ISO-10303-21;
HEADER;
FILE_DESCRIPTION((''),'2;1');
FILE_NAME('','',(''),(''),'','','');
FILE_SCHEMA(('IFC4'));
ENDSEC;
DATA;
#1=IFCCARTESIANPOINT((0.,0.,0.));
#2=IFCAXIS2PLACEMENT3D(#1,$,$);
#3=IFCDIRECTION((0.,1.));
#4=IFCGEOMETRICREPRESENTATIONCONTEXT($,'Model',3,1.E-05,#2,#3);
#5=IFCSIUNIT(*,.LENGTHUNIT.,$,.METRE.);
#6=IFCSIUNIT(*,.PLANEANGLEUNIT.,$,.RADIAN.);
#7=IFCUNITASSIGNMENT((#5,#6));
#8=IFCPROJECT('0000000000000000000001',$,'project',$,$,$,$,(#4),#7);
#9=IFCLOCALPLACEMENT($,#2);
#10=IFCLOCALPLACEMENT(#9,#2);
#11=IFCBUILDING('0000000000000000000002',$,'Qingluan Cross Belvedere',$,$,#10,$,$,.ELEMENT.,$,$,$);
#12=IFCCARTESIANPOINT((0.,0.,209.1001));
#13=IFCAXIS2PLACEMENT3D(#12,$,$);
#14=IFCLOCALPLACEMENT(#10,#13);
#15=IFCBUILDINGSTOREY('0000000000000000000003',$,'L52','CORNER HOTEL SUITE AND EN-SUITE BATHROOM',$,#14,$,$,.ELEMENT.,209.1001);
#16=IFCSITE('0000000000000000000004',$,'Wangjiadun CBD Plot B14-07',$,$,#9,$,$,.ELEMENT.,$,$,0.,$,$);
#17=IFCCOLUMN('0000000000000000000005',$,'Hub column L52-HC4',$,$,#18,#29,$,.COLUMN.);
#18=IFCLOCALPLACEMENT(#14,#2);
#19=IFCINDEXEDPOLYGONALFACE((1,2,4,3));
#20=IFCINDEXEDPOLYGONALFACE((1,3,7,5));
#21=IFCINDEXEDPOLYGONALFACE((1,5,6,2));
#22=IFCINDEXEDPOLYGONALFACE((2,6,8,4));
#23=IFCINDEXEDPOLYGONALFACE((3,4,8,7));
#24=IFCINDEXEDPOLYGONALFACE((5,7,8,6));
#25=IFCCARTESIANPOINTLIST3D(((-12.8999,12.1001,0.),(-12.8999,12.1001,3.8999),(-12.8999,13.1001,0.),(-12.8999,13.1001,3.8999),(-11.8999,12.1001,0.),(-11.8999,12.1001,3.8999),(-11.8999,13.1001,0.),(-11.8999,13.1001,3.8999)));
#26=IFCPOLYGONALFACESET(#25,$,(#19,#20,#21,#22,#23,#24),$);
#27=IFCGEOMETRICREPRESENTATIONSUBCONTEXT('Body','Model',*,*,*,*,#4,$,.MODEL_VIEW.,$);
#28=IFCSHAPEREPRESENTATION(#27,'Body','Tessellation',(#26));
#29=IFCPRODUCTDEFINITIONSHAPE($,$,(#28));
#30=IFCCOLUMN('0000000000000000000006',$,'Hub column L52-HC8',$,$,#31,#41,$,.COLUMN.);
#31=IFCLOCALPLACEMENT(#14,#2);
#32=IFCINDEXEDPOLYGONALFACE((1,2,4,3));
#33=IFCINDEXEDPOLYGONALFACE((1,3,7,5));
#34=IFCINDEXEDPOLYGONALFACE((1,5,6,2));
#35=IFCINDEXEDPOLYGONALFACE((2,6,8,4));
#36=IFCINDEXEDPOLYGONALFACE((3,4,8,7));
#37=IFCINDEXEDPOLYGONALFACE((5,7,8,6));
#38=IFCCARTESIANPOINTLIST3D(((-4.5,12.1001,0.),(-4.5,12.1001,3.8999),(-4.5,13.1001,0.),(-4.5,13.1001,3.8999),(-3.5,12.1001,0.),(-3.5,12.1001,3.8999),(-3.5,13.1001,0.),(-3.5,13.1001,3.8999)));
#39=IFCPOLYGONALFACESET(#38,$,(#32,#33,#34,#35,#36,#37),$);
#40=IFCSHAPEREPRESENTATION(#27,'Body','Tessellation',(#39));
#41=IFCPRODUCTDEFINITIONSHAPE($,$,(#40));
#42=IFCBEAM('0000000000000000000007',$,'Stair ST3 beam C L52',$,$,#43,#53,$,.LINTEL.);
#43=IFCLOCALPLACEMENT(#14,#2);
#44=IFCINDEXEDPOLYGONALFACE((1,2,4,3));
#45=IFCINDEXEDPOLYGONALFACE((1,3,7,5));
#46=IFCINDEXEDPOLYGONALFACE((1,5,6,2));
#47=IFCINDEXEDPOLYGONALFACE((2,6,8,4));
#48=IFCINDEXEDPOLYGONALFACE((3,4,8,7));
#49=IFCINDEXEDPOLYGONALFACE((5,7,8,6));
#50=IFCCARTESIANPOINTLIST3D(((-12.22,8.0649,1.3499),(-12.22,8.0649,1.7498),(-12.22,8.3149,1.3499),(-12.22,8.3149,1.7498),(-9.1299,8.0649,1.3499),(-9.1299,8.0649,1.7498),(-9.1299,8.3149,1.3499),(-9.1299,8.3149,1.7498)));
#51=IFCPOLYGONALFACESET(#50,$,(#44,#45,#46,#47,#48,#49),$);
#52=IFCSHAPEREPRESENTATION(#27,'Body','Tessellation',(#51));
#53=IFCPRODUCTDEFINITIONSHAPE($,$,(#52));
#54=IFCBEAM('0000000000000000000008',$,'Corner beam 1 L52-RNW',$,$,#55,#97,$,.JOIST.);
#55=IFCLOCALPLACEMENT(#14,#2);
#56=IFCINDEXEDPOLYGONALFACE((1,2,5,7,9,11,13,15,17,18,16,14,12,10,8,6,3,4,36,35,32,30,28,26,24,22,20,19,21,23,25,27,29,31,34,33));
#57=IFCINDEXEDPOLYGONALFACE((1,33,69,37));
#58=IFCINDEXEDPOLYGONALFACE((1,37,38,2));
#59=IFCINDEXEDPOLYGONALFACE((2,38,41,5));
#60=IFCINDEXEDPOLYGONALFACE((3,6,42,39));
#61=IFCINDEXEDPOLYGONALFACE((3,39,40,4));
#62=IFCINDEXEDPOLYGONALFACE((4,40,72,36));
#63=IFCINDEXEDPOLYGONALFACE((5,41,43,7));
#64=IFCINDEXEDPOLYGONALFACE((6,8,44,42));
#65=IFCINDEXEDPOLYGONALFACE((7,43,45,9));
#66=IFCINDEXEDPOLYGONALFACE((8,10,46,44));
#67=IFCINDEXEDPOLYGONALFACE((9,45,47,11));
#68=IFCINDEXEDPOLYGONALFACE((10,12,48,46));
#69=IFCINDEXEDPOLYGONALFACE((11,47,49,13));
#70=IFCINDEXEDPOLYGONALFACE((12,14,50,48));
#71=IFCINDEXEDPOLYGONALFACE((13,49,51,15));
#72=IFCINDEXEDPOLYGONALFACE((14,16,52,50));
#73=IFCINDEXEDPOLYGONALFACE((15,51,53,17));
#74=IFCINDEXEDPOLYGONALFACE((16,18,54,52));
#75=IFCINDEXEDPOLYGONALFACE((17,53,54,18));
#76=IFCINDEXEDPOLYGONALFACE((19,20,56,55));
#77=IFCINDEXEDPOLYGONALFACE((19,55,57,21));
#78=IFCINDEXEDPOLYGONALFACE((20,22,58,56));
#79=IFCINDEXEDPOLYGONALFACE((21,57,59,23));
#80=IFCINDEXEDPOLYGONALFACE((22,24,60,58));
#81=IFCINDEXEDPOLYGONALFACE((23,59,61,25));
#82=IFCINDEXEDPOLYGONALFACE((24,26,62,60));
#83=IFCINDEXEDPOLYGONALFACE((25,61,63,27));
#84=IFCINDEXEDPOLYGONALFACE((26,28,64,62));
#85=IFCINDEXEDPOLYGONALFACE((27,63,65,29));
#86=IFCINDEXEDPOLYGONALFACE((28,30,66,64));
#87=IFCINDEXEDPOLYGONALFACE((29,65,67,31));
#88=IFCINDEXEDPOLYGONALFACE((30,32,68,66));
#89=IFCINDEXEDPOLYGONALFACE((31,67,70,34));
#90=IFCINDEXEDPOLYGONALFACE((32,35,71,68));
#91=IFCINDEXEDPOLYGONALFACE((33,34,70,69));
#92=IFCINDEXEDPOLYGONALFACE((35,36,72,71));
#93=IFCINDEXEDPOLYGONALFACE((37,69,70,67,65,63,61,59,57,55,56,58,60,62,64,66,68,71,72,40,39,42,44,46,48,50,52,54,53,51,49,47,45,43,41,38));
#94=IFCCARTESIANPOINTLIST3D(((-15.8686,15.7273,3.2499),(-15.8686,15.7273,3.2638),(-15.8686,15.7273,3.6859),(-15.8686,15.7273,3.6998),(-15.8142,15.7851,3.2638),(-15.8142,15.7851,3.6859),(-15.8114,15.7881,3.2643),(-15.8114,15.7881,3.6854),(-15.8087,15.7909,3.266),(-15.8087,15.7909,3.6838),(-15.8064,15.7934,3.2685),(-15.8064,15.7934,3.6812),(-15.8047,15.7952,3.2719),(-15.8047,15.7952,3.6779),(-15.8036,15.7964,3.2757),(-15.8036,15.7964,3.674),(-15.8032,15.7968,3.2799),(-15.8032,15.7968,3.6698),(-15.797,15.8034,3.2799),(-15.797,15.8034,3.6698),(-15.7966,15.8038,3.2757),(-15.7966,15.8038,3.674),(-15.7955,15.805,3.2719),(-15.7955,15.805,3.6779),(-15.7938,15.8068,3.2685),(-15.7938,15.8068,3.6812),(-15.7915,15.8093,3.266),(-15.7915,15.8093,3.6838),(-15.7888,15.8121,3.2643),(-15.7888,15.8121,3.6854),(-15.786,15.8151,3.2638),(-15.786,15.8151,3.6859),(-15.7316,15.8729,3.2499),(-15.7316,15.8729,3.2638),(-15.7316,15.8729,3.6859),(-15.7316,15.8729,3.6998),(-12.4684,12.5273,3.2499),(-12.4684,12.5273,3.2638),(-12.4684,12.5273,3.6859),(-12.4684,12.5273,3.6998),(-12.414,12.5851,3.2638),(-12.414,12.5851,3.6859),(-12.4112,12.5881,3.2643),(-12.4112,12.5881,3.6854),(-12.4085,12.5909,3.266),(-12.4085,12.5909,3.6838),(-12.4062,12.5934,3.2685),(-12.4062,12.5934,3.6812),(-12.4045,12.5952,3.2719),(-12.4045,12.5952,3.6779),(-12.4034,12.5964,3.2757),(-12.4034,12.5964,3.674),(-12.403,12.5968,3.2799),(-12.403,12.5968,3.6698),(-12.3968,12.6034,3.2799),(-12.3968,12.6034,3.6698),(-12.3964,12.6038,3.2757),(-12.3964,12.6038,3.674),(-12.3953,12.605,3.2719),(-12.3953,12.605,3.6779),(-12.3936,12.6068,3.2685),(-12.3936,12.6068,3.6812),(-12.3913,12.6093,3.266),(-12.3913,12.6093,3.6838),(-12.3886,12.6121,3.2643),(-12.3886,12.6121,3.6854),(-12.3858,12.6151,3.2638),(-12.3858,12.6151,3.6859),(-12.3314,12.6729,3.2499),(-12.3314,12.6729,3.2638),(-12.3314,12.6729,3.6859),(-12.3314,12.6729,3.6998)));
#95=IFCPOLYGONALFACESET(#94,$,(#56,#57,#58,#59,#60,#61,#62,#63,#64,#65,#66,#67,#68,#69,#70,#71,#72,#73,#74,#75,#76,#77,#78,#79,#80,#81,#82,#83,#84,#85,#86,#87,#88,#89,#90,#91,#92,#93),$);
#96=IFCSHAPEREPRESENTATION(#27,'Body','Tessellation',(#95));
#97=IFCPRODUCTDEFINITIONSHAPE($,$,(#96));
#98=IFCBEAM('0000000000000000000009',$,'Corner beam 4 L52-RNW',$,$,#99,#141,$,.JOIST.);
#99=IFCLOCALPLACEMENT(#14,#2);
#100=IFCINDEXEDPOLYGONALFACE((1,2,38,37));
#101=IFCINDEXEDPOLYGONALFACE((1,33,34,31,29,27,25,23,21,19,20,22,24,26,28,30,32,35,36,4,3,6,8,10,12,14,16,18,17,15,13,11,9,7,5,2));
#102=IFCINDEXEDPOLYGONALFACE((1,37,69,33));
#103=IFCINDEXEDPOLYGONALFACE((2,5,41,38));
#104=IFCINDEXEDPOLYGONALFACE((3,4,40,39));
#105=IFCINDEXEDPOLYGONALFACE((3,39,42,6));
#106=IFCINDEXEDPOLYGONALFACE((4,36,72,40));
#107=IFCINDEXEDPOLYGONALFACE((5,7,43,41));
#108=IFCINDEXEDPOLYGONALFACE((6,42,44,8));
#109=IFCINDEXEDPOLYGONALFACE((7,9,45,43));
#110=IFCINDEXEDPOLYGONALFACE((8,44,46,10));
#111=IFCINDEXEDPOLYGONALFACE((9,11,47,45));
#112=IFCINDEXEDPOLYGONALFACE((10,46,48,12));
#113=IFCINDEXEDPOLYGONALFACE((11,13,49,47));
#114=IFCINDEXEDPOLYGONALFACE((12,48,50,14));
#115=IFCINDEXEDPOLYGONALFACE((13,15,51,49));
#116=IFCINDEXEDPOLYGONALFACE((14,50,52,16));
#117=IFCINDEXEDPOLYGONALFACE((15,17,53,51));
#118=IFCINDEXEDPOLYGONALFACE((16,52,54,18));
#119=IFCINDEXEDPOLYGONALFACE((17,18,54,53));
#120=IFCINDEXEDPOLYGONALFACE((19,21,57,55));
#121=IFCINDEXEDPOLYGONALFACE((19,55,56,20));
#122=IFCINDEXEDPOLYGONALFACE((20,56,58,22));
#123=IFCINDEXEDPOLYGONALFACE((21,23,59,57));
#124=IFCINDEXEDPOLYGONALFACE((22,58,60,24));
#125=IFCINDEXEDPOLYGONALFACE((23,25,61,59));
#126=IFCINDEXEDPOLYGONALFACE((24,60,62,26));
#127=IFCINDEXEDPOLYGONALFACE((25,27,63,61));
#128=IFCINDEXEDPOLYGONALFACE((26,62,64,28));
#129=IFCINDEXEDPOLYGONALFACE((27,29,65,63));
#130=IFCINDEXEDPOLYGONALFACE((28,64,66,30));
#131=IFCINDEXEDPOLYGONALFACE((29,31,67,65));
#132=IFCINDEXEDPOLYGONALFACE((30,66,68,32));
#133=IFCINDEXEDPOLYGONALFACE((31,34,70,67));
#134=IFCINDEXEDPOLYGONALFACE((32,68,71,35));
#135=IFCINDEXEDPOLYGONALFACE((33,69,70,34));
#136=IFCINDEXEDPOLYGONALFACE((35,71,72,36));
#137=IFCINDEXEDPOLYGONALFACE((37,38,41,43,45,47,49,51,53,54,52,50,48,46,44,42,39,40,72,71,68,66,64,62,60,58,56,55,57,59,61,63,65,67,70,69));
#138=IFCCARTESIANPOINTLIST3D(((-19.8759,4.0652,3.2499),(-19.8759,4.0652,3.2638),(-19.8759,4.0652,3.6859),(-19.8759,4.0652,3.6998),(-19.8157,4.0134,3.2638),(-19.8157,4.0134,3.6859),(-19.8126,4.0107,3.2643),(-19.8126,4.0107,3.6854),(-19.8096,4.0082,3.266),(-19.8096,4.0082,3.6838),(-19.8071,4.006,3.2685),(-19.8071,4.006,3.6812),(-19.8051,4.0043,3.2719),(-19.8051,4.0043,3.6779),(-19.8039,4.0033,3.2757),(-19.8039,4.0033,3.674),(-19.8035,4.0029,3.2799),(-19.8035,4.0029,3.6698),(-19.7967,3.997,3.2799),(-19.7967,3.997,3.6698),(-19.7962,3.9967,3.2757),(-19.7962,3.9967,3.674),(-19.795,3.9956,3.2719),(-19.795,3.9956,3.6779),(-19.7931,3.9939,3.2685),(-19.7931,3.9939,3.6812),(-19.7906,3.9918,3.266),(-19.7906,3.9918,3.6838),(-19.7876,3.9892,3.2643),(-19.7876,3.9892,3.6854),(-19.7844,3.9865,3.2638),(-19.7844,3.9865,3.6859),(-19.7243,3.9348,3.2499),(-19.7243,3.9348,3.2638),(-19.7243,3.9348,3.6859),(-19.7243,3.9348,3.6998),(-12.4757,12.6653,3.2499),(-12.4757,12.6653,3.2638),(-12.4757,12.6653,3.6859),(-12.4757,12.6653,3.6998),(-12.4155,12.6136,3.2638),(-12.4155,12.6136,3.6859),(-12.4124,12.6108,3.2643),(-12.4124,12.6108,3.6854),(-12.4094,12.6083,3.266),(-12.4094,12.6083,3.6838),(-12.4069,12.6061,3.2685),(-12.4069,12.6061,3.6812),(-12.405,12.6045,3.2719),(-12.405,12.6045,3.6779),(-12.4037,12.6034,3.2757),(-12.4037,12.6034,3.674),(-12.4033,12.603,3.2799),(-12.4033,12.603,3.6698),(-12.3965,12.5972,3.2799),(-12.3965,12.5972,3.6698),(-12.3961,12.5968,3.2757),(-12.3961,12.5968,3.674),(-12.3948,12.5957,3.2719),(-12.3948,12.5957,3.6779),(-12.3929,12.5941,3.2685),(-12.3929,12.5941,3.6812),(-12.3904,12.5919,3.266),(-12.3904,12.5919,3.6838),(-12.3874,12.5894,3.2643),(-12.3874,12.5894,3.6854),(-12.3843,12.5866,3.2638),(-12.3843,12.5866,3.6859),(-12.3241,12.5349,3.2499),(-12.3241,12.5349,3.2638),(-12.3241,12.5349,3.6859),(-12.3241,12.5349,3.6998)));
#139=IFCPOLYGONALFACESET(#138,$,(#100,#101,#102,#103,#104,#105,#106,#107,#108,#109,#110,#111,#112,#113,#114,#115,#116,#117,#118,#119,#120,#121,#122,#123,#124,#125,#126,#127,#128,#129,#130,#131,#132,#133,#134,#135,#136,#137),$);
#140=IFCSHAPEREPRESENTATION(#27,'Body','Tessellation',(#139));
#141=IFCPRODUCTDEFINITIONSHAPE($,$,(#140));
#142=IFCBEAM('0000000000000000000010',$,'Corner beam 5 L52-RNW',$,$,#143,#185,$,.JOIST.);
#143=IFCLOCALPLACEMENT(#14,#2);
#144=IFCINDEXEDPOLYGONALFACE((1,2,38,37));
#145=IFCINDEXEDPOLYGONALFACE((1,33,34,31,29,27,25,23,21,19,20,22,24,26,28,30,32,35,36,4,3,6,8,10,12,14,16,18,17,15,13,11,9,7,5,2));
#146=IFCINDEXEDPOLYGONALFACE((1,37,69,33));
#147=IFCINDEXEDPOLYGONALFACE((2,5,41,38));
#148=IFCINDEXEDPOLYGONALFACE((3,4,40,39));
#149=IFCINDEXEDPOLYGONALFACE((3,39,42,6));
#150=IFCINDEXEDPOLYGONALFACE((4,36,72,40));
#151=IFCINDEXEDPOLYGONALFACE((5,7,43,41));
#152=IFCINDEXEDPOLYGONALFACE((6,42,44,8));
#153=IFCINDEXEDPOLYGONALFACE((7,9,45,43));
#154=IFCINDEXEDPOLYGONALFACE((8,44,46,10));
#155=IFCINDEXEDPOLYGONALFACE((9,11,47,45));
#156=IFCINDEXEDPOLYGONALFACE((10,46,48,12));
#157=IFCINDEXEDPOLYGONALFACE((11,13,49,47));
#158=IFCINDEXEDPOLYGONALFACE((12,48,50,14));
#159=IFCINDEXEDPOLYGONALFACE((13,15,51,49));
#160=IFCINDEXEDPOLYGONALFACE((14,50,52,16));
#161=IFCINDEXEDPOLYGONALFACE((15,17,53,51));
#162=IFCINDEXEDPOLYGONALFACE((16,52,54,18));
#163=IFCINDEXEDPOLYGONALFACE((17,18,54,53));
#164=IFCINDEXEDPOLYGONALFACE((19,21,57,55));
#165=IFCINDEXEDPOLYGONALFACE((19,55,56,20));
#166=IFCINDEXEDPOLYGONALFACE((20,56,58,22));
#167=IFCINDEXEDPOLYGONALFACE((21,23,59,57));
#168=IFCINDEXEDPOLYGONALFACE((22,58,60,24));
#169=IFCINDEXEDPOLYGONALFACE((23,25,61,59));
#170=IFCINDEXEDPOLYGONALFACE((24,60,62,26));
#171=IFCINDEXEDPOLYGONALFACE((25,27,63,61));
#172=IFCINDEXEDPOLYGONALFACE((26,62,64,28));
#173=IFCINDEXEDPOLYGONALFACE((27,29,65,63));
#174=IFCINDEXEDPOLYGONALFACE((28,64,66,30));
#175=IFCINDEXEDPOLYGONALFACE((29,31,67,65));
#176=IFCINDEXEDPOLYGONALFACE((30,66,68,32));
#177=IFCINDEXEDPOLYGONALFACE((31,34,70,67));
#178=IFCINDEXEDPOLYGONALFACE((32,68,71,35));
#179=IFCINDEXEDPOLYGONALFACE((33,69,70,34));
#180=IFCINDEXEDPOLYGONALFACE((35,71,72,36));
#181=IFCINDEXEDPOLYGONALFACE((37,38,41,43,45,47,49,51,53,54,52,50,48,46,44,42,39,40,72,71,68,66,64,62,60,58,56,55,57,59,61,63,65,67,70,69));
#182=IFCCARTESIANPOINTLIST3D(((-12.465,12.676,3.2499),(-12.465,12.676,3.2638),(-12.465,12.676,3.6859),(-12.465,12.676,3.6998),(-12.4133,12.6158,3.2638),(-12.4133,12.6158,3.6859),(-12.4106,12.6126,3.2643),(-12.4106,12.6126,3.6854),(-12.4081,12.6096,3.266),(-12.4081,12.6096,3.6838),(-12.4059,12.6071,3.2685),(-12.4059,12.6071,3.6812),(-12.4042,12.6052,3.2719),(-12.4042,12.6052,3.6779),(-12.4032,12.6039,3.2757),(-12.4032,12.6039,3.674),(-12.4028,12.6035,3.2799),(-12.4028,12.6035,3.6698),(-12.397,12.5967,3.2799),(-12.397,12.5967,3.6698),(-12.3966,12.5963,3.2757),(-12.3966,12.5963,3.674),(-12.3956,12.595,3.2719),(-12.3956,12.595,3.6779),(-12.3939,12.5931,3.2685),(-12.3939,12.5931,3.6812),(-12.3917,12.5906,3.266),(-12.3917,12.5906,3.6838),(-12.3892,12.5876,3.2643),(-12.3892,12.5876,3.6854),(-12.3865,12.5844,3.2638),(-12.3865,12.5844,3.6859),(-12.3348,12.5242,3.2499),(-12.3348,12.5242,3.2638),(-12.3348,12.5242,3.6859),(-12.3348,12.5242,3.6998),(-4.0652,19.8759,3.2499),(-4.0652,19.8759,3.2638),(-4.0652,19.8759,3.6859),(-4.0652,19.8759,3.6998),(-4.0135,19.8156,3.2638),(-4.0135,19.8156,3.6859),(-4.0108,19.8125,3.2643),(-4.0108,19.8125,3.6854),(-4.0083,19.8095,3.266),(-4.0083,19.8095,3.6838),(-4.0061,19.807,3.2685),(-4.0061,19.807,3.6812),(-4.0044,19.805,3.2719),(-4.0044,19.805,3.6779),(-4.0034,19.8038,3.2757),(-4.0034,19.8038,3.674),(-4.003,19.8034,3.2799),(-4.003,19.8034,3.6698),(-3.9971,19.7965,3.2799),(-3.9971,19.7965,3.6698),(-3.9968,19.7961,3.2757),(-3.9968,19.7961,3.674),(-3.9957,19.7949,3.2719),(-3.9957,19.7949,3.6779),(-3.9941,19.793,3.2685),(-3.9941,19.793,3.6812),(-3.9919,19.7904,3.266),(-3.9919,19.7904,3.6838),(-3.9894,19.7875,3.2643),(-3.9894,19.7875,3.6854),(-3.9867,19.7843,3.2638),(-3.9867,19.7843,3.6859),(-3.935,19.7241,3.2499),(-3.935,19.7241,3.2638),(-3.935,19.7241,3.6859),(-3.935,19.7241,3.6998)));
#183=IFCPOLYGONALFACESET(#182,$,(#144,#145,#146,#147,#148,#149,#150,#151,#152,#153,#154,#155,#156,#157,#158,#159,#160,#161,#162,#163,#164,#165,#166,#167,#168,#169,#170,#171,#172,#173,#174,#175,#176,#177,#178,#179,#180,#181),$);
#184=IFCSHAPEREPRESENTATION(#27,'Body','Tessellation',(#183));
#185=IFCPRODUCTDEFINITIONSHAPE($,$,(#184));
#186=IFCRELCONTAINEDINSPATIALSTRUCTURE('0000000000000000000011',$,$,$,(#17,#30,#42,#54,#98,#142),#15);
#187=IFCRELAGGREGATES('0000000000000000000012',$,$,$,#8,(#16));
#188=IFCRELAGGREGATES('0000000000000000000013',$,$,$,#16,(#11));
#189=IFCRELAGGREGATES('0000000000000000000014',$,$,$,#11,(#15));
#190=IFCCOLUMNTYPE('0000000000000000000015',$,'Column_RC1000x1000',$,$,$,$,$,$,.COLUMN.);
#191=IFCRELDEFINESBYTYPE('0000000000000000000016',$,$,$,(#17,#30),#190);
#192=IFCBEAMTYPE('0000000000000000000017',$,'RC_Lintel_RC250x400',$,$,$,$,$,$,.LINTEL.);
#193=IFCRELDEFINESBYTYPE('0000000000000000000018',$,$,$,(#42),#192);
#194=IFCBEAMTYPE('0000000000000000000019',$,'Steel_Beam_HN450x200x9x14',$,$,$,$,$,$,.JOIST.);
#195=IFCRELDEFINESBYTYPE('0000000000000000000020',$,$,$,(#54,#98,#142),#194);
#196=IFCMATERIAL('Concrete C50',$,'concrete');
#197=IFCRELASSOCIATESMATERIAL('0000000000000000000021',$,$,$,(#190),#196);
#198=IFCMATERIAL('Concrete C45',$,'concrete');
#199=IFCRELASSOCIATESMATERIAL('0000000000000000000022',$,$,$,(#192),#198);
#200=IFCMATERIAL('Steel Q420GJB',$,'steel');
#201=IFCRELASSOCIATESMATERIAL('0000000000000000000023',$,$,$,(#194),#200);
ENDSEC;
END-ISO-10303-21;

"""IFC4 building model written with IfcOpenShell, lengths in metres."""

from ifc_helpers import new_model, si_unit, direction, frame, origin, origin_2d, place, context, subcontext, project, spatial, rectangle, i_section, extrude, material, material_profile, profile_set, type_object, element, save


model = new_model("IFC4")

# Units and contexts
model_context = context("Model", 3, precision=1e-05, world=origin(), true_north=direction((0.0, 1.0)))
body_context = subcontext(model_context, "Body", "Model", "MODEL_VIEW")
ifc_project = project(units=[si_unit("LENGTHUNIT", "METRE"), si_unit("PLANEANGLEUNIT", "RADIAN")], contexts=[model_context])

# Site, building, storey
site_placement = place(None, origin())
site = spatial("IfcSite", under=ifc_project, at=site_placement, Name="Wangjiadun CBD Plot B14-07", CompositionType="ELEMENT", RefElevation=0.0)
building_placement = place(site_placement, origin())
building = spatial("IfcBuilding", under=site, at=building_placement, Name="Qingluan Cross Belvedere", CompositionType="ELEMENT")
storey_placement = place(building_placement, frame((0.0, 0.0, 209.1001)))
storey = spatial("IfcBuildingStorey", under=building, at=storey_placement, Name="L52", Description="CORNER HOTEL SUITE AND EN-SUITE BATHROOM", CompositionType="ELEMENT", Elevation=209.1001)

# Columns
ifc_material_1 = material(Name="Concrete C50", Category="concrete")
ifc_material_profile_1 = material_profile(ifc_material_1, rectangle(XDim=1.0, YDim=1.0, at=origin_2d()), Name="RC1000x1000")
ifc_profile_set_1 = profile_set([ifc_material_profile_1], Name="Concrete C50")
column_type = type_object("IfcColumnType", Name="Column_RC1000x1000", PredefinedType="COLUMN", material=ifc_profile_set_1)
for number, where, z_axis, x_axis, name in (
    (1, (-12.3999, 12.6001, 0.0), (0.0, 0.0, 1.0), (1.0, 0.0, 0.0), "Hub column L52-HC4"),
    (2, (-4.0, 12.6001, 0.0), (0.0, 0.0, 1.0), (1.0, 0.0, 0.0), "Hub column L52-HC8"),
):
    element("IfcColumn", number, at=place(storey_placement, frame(where, z_axis=z_axis, x_axis=x_axis)), inside=storey, type_object=column_type, Name=name, PredefinedType="COLUMN", context=body_context, shape_type="SweptSolid", body=[
        extrude(rectangle(XDim=1.0, YDim=1.0, at=origin_2d()), origin(), (0.0, 0.0, 1.0), 3.8999),
    ])

# Beams
ifc_material_2 = material(Name="Concrete C45", Category="concrete")
ifc_material_profile_2 = material_profile(ifc_material_2, rectangle(XDim=0.25, YDim=0.3999, at=origin_2d()), Name="RC250x400")
ifc_profile_set_2 = profile_set([ifc_material_profile_2], Name="Concrete C45")
beam_type_1 = type_object("IfcBeamType", Name="RC_Lintel_RC250x400", PredefinedType="LINTEL", material=ifc_profile_set_2)
beam_1_placement = place(storey_placement, frame((-12.22, 8.1899, 1.5498), z_axis=(1.0, 0.0, 0.0), x_axis=(0.0, 1.0, 0.0)))
element("IfcBeam", 3, at=beam_1_placement, inside=storey, type_object=beam_type_1, Name="Stair ST3 beam C L52", PredefinedType="LINTEL", context=body_context, shape_type="SweptSolid", body=[
    extrude(rectangle(XDim=0.25, YDim=0.3999, at=origin_2d()), origin(), (0.0, 0.0, 1.0), 3.0901),
])
ifc_material_3 = material(Name="Steel Q420GJB", Category="steel")
ifc_material_profile_3 = material_profile(ifc_material_3, i_section(OverallWidth=0.2, OverallDepth=0.45, WebThickness=0.009, FlangeThickness=0.0139, FilletRadius=0.0161, at=origin_2d()), Name="HN450x200x9x14")
ifc_profile_set_3 = profile_set([ifc_material_profile_3], Name="Steel Q420GJB")
beam_type_2 = type_object("IfcBeamType", Name="Steel_Beam_HN450x200x9x14", PredefinedType="JOIST", material=ifc_profile_set_3)
beam_2_placement = place(storey_placement, frame((-12.3999, 12.6001, 3.4749), z_axis=(-0.72822, 0.685343, 0.0), x_axis=(-0.685343, -0.72822, 0.0)))
element("IfcBeam", 4, at=beam_2_placement, inside=storey, type_object=beam_type_2, Name="Corner beam 1 L52-RNW", PredefinedType="JOIST", context=body_context, shape_type="SweptSolid", body=[
    extrude(i_section(OverallWidth=0.2, OverallDepth=0.45, WebThickness=0.009, FlangeThickness=0.0139, FilletRadius=0.0161, at=origin_2d()), origin(), (0.0, 0.0, 1.0), 4.6692),
])
beam_3_placement = place(storey_placement, frame((-12.3999, 12.6001, 3.4749), z_axis=(-0.652245, -0.758008, 0.0), x_axis=(0.758008, -0.652245, 0.0)))
element("IfcBeam", 5, at=beam_3_placement, inside=storey, type_object=beam_type_2, Name="Corner beam 4 L52-RNW", PredefinedType="JOIST", context=body_context, shape_type="SweptSolid", body=[
    extrude(i_section(OverallWidth=0.2, OverallDepth=0.45, WebThickness=0.009, FlangeThickness=0.0139, FilletRadius=0.0161, at=origin_2d()), origin(), (0.0, 0.0, 1.0), 11.3457),
])
beam_4_placement = place(storey_placement, frame((-12.3999, 12.6001, 3.4749), z_axis=(0.759255, 0.650793, 0.0), x_axis=(-0.650793, 0.759255, 0.0)))
element("IfcBeam", 6, at=beam_4_placement, inside=storey, type_object=beam_type_2, Name="Corner beam 5 L52-RNW", PredefinedType="JOIST", context=body_context, shape_type="SweptSolid", body=[
    extrude(i_section(OverallWidth=0.2, OverallDepth=0.45, WebThickness=0.009, FlangeThickness=0.0139, FilletRadius=0.0161, at=origin_2d()), origin(), (0.0, 0.0, 1.0), 11.0632),
])

save(model, "model.ifc")
